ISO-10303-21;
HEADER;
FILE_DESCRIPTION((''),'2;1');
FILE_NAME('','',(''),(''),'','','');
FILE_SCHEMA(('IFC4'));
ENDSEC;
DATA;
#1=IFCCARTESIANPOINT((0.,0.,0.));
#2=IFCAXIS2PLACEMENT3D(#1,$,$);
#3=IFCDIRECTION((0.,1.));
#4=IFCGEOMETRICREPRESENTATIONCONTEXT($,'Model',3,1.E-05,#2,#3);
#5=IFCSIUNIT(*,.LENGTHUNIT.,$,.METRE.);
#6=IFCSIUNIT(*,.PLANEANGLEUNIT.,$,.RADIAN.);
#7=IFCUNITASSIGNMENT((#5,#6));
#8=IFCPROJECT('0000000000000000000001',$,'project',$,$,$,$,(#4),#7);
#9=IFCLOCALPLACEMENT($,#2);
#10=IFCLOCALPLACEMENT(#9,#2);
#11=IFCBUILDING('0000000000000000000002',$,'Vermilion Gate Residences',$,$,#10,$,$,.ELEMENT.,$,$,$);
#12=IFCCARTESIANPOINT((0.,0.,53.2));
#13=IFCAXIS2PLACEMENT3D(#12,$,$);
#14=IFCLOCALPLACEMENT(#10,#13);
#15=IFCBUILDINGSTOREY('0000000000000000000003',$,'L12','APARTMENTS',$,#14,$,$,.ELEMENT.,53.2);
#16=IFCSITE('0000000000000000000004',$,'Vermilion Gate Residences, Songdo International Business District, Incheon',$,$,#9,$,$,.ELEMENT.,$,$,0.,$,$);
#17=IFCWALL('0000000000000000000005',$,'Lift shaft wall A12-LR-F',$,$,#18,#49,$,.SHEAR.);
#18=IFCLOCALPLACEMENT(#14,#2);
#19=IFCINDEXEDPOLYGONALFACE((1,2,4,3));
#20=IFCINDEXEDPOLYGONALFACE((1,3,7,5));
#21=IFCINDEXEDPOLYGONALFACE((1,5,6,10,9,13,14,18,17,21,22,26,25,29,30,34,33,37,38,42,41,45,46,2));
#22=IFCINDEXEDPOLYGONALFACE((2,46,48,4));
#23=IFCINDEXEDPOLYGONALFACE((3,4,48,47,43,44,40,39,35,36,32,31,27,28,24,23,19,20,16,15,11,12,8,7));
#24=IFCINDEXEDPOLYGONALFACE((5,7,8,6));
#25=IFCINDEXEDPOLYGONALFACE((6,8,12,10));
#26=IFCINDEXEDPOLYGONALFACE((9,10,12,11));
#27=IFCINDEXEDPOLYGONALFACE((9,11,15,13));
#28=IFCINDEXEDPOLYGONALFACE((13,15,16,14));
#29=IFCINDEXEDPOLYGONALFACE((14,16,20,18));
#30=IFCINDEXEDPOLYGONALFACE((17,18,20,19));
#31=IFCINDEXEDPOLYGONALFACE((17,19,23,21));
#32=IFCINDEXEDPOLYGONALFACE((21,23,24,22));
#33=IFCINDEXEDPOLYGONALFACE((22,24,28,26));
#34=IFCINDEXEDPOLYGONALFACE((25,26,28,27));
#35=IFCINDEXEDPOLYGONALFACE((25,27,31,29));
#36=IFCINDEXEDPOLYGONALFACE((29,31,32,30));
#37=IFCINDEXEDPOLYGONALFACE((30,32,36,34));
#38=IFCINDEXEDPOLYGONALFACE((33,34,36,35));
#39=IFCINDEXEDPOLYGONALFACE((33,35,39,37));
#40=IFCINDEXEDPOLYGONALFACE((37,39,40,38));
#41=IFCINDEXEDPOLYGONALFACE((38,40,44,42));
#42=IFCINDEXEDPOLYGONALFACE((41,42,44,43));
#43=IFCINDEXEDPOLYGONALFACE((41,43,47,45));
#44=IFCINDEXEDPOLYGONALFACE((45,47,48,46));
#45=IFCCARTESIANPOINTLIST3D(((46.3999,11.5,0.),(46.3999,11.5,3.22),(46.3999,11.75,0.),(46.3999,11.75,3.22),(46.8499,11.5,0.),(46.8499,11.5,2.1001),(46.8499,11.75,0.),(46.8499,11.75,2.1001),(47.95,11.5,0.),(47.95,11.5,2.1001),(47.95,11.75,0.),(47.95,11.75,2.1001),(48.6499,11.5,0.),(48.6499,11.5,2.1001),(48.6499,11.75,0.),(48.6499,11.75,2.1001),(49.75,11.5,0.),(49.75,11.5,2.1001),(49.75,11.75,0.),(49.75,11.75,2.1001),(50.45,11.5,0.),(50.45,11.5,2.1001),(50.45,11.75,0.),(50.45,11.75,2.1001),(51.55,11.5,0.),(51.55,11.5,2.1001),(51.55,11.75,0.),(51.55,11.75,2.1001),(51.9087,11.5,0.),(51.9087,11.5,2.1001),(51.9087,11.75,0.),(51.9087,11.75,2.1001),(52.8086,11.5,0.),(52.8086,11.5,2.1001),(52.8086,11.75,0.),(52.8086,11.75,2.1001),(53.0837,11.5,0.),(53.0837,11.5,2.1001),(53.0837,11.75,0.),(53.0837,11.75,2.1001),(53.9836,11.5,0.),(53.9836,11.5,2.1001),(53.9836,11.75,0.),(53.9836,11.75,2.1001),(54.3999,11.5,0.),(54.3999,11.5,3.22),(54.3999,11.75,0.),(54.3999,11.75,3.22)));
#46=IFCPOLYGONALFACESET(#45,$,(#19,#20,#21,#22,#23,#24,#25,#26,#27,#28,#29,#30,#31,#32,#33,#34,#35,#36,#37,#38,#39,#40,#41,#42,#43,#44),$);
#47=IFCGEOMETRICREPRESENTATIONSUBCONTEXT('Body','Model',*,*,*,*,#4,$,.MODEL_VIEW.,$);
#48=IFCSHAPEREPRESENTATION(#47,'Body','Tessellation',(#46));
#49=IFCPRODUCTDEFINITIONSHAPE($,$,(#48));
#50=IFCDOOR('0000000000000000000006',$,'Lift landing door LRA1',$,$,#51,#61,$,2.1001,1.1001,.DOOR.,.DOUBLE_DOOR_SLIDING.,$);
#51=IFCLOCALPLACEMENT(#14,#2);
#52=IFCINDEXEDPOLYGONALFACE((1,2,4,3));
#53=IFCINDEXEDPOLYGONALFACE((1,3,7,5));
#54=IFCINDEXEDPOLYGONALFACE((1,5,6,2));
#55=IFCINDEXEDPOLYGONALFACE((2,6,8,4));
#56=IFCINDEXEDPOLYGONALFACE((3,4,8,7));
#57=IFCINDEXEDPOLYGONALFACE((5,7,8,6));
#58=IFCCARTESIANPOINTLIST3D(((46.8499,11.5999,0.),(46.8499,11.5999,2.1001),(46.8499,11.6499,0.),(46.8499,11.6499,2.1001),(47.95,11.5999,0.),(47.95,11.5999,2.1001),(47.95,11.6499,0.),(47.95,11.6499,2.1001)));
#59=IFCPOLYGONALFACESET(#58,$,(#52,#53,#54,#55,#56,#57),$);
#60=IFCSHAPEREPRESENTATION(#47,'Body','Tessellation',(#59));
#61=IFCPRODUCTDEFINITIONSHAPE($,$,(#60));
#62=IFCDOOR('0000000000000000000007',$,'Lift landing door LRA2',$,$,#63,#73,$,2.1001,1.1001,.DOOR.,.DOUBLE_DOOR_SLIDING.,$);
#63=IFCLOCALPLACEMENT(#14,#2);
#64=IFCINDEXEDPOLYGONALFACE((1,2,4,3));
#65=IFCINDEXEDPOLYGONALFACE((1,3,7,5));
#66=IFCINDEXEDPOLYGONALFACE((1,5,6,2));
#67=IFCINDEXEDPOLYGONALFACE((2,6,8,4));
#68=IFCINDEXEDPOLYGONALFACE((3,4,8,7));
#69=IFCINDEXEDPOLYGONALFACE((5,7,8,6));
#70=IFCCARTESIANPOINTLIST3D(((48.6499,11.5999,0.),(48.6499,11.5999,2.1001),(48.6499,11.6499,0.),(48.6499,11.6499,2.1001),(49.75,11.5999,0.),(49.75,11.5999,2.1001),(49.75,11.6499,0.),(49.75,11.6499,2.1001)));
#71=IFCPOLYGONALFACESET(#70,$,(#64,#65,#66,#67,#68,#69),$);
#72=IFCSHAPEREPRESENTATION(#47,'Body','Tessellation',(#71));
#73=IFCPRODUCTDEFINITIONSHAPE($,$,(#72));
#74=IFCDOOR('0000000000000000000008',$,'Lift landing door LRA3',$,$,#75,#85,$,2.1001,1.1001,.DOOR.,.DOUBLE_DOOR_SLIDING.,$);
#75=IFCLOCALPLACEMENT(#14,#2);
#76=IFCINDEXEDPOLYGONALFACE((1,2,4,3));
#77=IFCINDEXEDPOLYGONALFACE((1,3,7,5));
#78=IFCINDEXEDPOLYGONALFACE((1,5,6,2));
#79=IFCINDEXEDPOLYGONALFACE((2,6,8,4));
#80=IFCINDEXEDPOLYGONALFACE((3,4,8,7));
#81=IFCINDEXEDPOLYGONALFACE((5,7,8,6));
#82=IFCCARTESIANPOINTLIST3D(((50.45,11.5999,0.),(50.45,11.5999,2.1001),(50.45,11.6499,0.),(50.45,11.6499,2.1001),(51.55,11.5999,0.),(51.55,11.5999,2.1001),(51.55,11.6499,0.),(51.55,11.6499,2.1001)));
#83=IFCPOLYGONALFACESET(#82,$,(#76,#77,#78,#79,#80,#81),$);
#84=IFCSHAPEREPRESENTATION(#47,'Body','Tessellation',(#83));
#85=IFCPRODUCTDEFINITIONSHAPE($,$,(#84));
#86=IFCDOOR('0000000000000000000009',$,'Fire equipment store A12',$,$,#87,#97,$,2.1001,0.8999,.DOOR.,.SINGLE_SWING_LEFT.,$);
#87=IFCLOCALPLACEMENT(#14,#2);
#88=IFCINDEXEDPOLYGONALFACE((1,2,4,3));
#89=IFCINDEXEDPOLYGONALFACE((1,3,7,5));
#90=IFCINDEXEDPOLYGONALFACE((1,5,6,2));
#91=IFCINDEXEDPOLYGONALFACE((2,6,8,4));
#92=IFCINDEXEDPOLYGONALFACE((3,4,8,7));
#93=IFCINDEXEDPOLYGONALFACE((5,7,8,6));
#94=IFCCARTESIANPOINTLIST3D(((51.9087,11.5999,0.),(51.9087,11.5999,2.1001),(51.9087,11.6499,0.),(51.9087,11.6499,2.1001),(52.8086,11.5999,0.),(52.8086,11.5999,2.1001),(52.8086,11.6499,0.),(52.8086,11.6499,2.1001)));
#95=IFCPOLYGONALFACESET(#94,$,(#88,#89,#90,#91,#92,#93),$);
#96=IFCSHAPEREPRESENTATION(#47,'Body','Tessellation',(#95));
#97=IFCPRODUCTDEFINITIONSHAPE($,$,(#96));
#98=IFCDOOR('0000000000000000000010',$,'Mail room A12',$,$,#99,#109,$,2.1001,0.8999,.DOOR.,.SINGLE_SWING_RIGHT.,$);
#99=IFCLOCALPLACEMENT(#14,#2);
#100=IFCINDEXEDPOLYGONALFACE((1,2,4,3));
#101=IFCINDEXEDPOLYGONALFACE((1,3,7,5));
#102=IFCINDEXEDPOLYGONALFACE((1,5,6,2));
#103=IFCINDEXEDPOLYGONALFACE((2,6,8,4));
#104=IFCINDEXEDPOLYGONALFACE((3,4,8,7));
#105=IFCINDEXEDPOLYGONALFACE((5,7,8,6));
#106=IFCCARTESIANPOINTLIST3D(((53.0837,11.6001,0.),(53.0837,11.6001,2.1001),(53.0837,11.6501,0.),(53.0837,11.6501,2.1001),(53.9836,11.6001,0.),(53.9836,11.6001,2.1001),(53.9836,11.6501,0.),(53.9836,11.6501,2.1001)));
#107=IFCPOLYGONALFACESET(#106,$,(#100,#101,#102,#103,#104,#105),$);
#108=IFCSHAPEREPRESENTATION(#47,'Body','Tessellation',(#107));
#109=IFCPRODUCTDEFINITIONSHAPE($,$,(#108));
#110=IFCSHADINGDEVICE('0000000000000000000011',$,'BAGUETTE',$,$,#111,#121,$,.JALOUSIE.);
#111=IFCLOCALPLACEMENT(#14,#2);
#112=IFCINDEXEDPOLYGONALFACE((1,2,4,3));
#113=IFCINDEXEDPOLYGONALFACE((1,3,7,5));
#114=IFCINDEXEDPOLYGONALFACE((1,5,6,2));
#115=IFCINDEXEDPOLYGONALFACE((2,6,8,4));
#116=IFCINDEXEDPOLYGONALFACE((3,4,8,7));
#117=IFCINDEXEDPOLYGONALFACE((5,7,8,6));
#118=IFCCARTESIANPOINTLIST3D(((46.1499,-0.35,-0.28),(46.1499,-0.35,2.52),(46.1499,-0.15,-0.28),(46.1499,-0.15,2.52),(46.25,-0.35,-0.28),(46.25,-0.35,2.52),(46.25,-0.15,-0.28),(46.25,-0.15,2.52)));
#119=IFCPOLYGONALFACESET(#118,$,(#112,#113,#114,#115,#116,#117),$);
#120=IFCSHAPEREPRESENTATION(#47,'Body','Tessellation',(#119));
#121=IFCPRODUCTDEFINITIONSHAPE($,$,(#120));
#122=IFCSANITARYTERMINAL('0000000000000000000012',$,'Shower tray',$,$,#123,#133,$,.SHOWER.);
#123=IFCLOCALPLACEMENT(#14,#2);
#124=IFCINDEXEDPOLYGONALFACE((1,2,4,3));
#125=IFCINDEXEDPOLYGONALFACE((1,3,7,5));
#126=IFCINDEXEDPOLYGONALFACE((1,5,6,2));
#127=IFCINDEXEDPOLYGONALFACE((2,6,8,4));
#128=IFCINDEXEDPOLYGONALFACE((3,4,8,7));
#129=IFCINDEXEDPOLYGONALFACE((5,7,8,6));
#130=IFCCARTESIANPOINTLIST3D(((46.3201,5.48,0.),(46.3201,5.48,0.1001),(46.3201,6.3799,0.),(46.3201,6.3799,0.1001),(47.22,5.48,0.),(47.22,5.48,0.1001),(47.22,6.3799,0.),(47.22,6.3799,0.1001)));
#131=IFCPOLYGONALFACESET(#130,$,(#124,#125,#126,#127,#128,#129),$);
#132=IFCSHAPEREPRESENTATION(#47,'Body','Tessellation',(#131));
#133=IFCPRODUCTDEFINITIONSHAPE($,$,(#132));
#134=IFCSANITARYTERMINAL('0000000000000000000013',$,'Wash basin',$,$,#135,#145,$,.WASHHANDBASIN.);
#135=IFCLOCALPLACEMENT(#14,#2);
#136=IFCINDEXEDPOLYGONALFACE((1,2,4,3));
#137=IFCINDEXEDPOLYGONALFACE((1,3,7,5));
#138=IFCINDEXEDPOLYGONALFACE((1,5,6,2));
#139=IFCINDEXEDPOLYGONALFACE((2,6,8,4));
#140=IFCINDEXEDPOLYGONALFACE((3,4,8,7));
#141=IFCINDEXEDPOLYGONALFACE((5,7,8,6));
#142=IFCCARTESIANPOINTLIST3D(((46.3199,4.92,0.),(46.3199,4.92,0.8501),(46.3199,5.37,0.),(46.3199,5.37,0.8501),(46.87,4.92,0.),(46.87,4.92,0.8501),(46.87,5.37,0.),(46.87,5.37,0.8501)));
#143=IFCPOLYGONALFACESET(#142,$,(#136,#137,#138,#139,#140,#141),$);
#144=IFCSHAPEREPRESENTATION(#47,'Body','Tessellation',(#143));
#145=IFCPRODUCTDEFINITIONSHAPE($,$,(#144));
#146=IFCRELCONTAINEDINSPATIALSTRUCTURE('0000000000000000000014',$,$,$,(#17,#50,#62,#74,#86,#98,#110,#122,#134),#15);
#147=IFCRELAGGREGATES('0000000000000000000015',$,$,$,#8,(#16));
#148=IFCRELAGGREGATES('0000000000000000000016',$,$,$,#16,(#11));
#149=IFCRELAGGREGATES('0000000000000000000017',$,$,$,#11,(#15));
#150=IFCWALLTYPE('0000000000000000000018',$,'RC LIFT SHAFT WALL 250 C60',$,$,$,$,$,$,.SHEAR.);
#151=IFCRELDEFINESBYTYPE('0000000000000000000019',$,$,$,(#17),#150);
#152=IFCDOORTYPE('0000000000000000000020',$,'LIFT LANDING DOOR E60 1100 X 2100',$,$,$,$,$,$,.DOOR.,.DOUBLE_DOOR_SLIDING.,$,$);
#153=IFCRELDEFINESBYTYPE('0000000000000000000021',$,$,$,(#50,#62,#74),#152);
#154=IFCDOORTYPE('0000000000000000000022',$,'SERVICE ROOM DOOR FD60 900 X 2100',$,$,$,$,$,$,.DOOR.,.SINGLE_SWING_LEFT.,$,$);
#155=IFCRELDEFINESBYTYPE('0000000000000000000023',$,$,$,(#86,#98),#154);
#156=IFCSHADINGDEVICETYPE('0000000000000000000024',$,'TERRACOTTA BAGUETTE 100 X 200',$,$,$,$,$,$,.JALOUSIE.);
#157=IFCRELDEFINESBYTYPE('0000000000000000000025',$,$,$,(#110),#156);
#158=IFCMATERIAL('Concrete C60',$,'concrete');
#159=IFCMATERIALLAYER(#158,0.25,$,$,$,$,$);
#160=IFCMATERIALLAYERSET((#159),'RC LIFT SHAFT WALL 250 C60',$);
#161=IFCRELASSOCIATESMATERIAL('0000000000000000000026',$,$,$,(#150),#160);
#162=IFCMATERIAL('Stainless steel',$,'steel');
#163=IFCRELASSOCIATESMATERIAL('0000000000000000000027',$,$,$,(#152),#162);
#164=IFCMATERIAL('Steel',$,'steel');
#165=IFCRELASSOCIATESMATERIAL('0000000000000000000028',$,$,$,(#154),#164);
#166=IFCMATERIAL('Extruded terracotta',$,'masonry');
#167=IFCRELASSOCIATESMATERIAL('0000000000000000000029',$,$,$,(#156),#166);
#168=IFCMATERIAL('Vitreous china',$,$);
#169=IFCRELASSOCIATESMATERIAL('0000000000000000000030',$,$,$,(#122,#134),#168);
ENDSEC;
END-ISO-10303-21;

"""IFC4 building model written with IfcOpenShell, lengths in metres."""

from ifc_helpers import new_model, si_unit, direction, frame, frame_2d, origin, origin_2d, place, context, subcontext, project, spatial, rectangle, extrude, material, layer, layer_set, material_profile, profile_set, type_object, element, fill, save


model = new_model("IFC4")

# Units and contexts
model_context = context("Model", 3, precision=1e-05, world=origin(), true_north=direction((0.0, 1.0)))
body_context = subcontext(model_context, "Body", "Model", "MODEL_VIEW")
ifc_project = project(units=[si_unit("LENGTHUNIT", "METRE"), si_unit("PLANEANGLEUNIT", "RADIAN")], contexts=[model_context])

# Site, building, storey
site_placement = place(None, origin())
site = spatial("IfcSite", under=ifc_project, at=site_placement, Name="Vermilion Gate Residences, Songdo International Business District, Incheon", CompositionType="ELEMENT", RefElevation=0.0)
building_placement = place(site_placement, origin())
building = spatial("IfcBuilding", under=site, at=building_placement, Name="Vermilion Gate Residences", CompositionType="ELEMENT")
storey_placement = place(building_placement, frame((0.0, 0.0, 53.2)))
storey = spatial("IfcBuildingStorey", under=building, at=storey_placement, Name="L12", Description="APARTMENTS", CompositionType="ELEMENT", Elevation=53.2)

# Wall, openings, doors
ifc_material_1 = material(Name="Concrete C60", Category="concrete")
ifc_layer_1 = layer(ifc_material_1, 0.25)
ifc_layer_set_1 = layer_set([ifc_layer_1], Name="RC LIFT SHAFT WALL 250 C60")
wall_type_1 = type_object("IfcWallType", Name="RC LIFT SHAFT WALL 250 C60", PredefinedType="SHEAR", material=ifc_layer_set_1)
wall_1_placement = place(storey_placement, frame((46.3999, 11.625, 0.0), z_axis=(0.0, 0.0, 1.0), x_axis=(1.0, 0.0, 0.0)))
wall_1 = element("IfcWall", 1, at=wall_1_placement, inside=storey, type_object=wall_type_1, Name="Lift shaft wall A12-LR-F", PredefinedType="SHEAR", context=body_context, shape_type="SweptSolid", body=[
    extrude(rectangle(XDim=8.0, YDim=0.25, at=frame_2d((4.0, 0.0))), origin(), (0.0, 0.0, 1.0), 3.22),
])
opening_1_placement = place(wall_1_placement, frame((0.45, 0.0, 0.0)))
opening_1 = element("IfcOpeningElement", 2, at=opening_1_placement, cuts=wall_1, PredefinedType="OPENING", context=body_context, shape_type="SweptSolid", body=[
    extrude(rectangle(XDim=1.1001, YDim=2.1001, at=frame_2d((0.55, 1.05))), frame((0.0, 0.135, 0.0), z_axis=(0.0, -1.0, 0.0), x_axis=(1.0, 0.0, 0.0)), (0.0, 0.0, 1.0), 0.27),
])
opening_2_placement = place(wall_1_placement, frame((2.25, 0.0, 0.0)))
opening_2 = element("IfcOpeningElement", 3, at=opening_2_placement, cuts=wall_1, PredefinedType="OPENING", context=body_context, shape_type="SweptSolid", body=[
    extrude(rectangle(XDim=1.1001, YDim=2.1001, at=frame_2d((0.55, 1.05))), frame((0.0, 0.135, 0.0), z_axis=(0.0, -1.0, 0.0), x_axis=(1.0, 0.0, 0.0)), (0.0, 0.0, 1.0), 0.27),
])
opening_3_placement = place(wall_1_placement, frame((4.05, 0.0, 0.0)))
opening_3 = element("IfcOpeningElement", 4, at=opening_3_placement, cuts=wall_1, PredefinedType="OPENING", context=body_context, shape_type="SweptSolid", body=[
    extrude(rectangle(XDim=1.1001, YDim=2.1001, at=frame_2d((0.55, 1.05))), frame((0.0, 0.135, 0.0), z_axis=(0.0, -1.0, 0.0), x_axis=(1.0, 0.0, 0.0)), (0.0, 0.0, 1.0), 0.27),
])
opening_4_placement = place(wall_1_placement, frame((5.5088, 0.0, 0.0)))
opening_4 = element("IfcOpeningElement", 5, at=opening_4_placement, cuts=wall_1, PredefinedType="OPENING", context=body_context, shape_type="SweptSolid", body=[
    extrude(rectangle(XDim=0.8999, YDim=2.1001, at=frame_2d((0.45, 1.05))), frame((0.0, 0.135, 0.0), z_axis=(0.0, -1.0, 0.0), x_axis=(1.0, 0.0, 0.0)), (0.0, 0.0, 1.0), 0.27),
])
opening_5_placement = place(wall_1_placement, frame((6.6838, 0.0, 0.0)))
opening_5 = element("IfcOpeningElement", 6, at=opening_5_placement, cuts=wall_1, PredefinedType="OPENING", context=body_context, shape_type="SweptSolid", body=[
    extrude(rectangle(XDim=0.8999, YDim=2.1001, at=frame_2d((0.45, 1.05))), frame((0.0, 0.135, 0.0), z_axis=(0.0, -1.0, 0.0), x_axis=(1.0, 0.0, 0.0)), (0.0, 0.0, 1.0), 0.27),
])
ifc_material_2 = material(Name="Stainless steel", Category="steel")
door_type_1 = type_object("IfcDoorType", Name="LIFT LANDING DOOR E60 1100 X 2100", OperationType="DOUBLE_DOOR_SLIDING", PredefinedType="DOOR", material=ifc_material_2)
door_1_placement = place(opening_1_placement, origin())
door_1 = element("IfcDoor", 7, at=door_1_placement, inside=storey, type_object=door_type_1, Name="Lift landing door LRA1", OperationType="DOUBLE_DOOR_SLIDING", OverallHeight=2.1001, OverallWidth=1.1001, PredefinedType="DOOR", context=body_context, shape_type="SweptSolid", body=[
    extrude(rectangle(XDim=1.1001, YDim=2.1001, at=frame_2d((0.55, 1.05))), frame((0.0, 0.0249, 0.0), z_axis=(0.0, -1.0, 0.0), x_axis=(1.0, 0.0, 0.0)), (0.0, 0.0, 1.0), 0.05),
])
fill(opening_1, door_1)
door_2_placement = place(opening_2_placement, origin())
door_2 = element("IfcDoor", 8, at=door_2_placement, inside=storey, type_object=door_type_1, Name="Lift landing door LRA2", OperationType="DOUBLE_DOOR_SLIDING", OverallHeight=2.1001, OverallWidth=1.1001, PredefinedType="DOOR", context=body_context, shape_type="SweptSolid", body=[
    extrude(rectangle(XDim=1.1001, YDim=2.1001, at=frame_2d((0.55, 1.05))), frame((0.0, 0.0249, 0.0), z_axis=(0.0, -1.0, 0.0), x_axis=(1.0, 0.0, 0.0)), (0.0, 0.0, 1.0), 0.05),
])
fill(opening_2, door_2)
door_3_placement = place(opening_3_placement, origin())
door_3 = element("IfcDoor", 9, at=door_3_placement, inside=storey, type_object=door_type_1, Name="Lift landing door LRA3", OperationType="DOUBLE_DOOR_SLIDING", OverallHeight=2.1001, OverallWidth=1.1001, PredefinedType="DOOR", context=body_context, shape_type="SweptSolid", body=[
    extrude(rectangle(XDim=1.1001, YDim=2.1001, at=frame_2d((0.55, 1.05))), frame((0.0, 0.0249, 0.0), z_axis=(0.0, -1.0, 0.0), x_axis=(1.0, 0.0, 0.0)), (0.0, 0.0, 1.0), 0.05),
])
fill(opening_3, door_3)
ifc_material_3 = material(Name="Steel", Category="steel")
door_type_2 = type_object("IfcDoorType", Name="SERVICE ROOM DOOR FD60 900 X 2100", OperationType="SINGLE_SWING_LEFT", PredefinedType="DOOR", material=ifc_material_3)
door_4_placement = place(opening_4_placement, origin())
door_4 = element("IfcDoor", 10, at=door_4_placement, inside=storey, type_object=door_type_2, Name="Fire equipment store A12", OperationType="SINGLE_SWING_LEFT", OverallHeight=2.1001, OverallWidth=0.8999, PredefinedType="DOOR", context=body_context, shape_type="SweptSolid", body=[
    extrude(rectangle(XDim=0.8999, YDim=2.1001, at=frame_2d((0.45, 1.05))), frame((0.0, 0.0249, 0.0), z_axis=(0.0, -1.0, 0.0), x_axis=(1.0, 0.0, 0.0)), (0.0, 0.0, 1.0), 0.05),
])
fill(opening_4, door_4)
door_5_placement = place(opening_5_placement, frame((0.8999, 0.0, 0.0), z_axis=(0.0, 0.0, 1.0), x_axis=(-1.0, 0.0, 0.0)))
door_5 = element("IfcDoor", 11, at=door_5_placement, inside=storey, type_object=door_type_2, Name="Mail room A12", OperationType="SINGLE_SWING_RIGHT", OverallHeight=2.1001, OverallWidth=0.8999, PredefinedType="DOOR", context=body_context, shape_type="SweptSolid", body=[
    extrude(rectangle(XDim=0.8999, YDim=2.1001, at=frame_2d((0.45, 1.05))), frame((0.0, 0.0249, 0.0), z_axis=(0.0, -1.0, 0.0), x_axis=(1.0, 0.0, 0.0)), (0.0, 0.0, 1.0), 0.05),
])
fill(opening_5, door_5)

# Shading device
ifc_material_4 = material(Name="Extruded terracotta", Category="masonry")
ifc_material_profile_1 = material_profile(ifc_material_4, rectangle(XDim=0.2, YDim=0.1001, at=origin_2d()), Name="BAGUETTE 100 X 200")
ifc_profile_set_1 = profile_set([ifc_material_profile_1], Name="Extruded terracotta")
shading_device_type = type_object("IfcShadingDeviceType", Name="TERRACOTTA BAGUETTE 100 X 200", PredefinedType="JALOUSIE", material=ifc_profile_set_1)
shading_device_placement = place(storey_placement, frame((46.2, -0.25, -0.28), z_axis=(0.0, 0.0, 1.0), x_axis=(0.0, 1.0, 0.0)))
element("IfcShadingDevice", 12, at=shading_device_placement, inside=storey, type_object=shading_device_type, Name="BAGUETTE", PredefinedType="JALOUSIE", context=body_context, shape_type="SweptSolid", body=[
    extrude(rectangle(XDim=0.2, YDim=0.1001, at=origin_2d()), origin(), (0.0, 0.0, 1.0), 2.8),
])

# Sanitary terminals
ifc_material_5 = material(Name="Vitreous china")
sanitary_terminal_1_placement = place(storey_placement, frame((46.77, 5.9299, 0.0), z_axis=(0.0, 0.0, 1.0), x_axis=(1.0, 0.0, 0.0)))
element("IfcSanitaryTerminal", 13, at=sanitary_terminal_1_placement, inside=storey, material=ifc_material_5, Name="Shower tray", PredefinedType="SHOWER", context=body_context, shape_type="SweptSolid", body=[
    extrude(rectangle(XDim=0.8999, YDim=0.8999, at=origin_2d()), origin(), (0.0, 0.0, 1.0), 0.1001),
])
sanitary_terminal_2_placement = place(storey_placement, frame((46.595, 5.145, 0.0), z_axis=(0.0, 0.0, 1.0), x_axis=(1.0, 0.0, 0.0)))
element("IfcSanitaryTerminal", 14, at=sanitary_terminal_2_placement, inside=storey, material=ifc_material_5, Name="Wash basin", PredefinedType="WASHHANDBASIN", context=body_context, shape_type="SweptSolid", body=[
    extrude(rectangle(XDim=0.55, YDim=0.45, at=origin_2d()), origin(), (0.0, 0.0, 1.0), 0.8501),
])

save(model, "model.ifc")
